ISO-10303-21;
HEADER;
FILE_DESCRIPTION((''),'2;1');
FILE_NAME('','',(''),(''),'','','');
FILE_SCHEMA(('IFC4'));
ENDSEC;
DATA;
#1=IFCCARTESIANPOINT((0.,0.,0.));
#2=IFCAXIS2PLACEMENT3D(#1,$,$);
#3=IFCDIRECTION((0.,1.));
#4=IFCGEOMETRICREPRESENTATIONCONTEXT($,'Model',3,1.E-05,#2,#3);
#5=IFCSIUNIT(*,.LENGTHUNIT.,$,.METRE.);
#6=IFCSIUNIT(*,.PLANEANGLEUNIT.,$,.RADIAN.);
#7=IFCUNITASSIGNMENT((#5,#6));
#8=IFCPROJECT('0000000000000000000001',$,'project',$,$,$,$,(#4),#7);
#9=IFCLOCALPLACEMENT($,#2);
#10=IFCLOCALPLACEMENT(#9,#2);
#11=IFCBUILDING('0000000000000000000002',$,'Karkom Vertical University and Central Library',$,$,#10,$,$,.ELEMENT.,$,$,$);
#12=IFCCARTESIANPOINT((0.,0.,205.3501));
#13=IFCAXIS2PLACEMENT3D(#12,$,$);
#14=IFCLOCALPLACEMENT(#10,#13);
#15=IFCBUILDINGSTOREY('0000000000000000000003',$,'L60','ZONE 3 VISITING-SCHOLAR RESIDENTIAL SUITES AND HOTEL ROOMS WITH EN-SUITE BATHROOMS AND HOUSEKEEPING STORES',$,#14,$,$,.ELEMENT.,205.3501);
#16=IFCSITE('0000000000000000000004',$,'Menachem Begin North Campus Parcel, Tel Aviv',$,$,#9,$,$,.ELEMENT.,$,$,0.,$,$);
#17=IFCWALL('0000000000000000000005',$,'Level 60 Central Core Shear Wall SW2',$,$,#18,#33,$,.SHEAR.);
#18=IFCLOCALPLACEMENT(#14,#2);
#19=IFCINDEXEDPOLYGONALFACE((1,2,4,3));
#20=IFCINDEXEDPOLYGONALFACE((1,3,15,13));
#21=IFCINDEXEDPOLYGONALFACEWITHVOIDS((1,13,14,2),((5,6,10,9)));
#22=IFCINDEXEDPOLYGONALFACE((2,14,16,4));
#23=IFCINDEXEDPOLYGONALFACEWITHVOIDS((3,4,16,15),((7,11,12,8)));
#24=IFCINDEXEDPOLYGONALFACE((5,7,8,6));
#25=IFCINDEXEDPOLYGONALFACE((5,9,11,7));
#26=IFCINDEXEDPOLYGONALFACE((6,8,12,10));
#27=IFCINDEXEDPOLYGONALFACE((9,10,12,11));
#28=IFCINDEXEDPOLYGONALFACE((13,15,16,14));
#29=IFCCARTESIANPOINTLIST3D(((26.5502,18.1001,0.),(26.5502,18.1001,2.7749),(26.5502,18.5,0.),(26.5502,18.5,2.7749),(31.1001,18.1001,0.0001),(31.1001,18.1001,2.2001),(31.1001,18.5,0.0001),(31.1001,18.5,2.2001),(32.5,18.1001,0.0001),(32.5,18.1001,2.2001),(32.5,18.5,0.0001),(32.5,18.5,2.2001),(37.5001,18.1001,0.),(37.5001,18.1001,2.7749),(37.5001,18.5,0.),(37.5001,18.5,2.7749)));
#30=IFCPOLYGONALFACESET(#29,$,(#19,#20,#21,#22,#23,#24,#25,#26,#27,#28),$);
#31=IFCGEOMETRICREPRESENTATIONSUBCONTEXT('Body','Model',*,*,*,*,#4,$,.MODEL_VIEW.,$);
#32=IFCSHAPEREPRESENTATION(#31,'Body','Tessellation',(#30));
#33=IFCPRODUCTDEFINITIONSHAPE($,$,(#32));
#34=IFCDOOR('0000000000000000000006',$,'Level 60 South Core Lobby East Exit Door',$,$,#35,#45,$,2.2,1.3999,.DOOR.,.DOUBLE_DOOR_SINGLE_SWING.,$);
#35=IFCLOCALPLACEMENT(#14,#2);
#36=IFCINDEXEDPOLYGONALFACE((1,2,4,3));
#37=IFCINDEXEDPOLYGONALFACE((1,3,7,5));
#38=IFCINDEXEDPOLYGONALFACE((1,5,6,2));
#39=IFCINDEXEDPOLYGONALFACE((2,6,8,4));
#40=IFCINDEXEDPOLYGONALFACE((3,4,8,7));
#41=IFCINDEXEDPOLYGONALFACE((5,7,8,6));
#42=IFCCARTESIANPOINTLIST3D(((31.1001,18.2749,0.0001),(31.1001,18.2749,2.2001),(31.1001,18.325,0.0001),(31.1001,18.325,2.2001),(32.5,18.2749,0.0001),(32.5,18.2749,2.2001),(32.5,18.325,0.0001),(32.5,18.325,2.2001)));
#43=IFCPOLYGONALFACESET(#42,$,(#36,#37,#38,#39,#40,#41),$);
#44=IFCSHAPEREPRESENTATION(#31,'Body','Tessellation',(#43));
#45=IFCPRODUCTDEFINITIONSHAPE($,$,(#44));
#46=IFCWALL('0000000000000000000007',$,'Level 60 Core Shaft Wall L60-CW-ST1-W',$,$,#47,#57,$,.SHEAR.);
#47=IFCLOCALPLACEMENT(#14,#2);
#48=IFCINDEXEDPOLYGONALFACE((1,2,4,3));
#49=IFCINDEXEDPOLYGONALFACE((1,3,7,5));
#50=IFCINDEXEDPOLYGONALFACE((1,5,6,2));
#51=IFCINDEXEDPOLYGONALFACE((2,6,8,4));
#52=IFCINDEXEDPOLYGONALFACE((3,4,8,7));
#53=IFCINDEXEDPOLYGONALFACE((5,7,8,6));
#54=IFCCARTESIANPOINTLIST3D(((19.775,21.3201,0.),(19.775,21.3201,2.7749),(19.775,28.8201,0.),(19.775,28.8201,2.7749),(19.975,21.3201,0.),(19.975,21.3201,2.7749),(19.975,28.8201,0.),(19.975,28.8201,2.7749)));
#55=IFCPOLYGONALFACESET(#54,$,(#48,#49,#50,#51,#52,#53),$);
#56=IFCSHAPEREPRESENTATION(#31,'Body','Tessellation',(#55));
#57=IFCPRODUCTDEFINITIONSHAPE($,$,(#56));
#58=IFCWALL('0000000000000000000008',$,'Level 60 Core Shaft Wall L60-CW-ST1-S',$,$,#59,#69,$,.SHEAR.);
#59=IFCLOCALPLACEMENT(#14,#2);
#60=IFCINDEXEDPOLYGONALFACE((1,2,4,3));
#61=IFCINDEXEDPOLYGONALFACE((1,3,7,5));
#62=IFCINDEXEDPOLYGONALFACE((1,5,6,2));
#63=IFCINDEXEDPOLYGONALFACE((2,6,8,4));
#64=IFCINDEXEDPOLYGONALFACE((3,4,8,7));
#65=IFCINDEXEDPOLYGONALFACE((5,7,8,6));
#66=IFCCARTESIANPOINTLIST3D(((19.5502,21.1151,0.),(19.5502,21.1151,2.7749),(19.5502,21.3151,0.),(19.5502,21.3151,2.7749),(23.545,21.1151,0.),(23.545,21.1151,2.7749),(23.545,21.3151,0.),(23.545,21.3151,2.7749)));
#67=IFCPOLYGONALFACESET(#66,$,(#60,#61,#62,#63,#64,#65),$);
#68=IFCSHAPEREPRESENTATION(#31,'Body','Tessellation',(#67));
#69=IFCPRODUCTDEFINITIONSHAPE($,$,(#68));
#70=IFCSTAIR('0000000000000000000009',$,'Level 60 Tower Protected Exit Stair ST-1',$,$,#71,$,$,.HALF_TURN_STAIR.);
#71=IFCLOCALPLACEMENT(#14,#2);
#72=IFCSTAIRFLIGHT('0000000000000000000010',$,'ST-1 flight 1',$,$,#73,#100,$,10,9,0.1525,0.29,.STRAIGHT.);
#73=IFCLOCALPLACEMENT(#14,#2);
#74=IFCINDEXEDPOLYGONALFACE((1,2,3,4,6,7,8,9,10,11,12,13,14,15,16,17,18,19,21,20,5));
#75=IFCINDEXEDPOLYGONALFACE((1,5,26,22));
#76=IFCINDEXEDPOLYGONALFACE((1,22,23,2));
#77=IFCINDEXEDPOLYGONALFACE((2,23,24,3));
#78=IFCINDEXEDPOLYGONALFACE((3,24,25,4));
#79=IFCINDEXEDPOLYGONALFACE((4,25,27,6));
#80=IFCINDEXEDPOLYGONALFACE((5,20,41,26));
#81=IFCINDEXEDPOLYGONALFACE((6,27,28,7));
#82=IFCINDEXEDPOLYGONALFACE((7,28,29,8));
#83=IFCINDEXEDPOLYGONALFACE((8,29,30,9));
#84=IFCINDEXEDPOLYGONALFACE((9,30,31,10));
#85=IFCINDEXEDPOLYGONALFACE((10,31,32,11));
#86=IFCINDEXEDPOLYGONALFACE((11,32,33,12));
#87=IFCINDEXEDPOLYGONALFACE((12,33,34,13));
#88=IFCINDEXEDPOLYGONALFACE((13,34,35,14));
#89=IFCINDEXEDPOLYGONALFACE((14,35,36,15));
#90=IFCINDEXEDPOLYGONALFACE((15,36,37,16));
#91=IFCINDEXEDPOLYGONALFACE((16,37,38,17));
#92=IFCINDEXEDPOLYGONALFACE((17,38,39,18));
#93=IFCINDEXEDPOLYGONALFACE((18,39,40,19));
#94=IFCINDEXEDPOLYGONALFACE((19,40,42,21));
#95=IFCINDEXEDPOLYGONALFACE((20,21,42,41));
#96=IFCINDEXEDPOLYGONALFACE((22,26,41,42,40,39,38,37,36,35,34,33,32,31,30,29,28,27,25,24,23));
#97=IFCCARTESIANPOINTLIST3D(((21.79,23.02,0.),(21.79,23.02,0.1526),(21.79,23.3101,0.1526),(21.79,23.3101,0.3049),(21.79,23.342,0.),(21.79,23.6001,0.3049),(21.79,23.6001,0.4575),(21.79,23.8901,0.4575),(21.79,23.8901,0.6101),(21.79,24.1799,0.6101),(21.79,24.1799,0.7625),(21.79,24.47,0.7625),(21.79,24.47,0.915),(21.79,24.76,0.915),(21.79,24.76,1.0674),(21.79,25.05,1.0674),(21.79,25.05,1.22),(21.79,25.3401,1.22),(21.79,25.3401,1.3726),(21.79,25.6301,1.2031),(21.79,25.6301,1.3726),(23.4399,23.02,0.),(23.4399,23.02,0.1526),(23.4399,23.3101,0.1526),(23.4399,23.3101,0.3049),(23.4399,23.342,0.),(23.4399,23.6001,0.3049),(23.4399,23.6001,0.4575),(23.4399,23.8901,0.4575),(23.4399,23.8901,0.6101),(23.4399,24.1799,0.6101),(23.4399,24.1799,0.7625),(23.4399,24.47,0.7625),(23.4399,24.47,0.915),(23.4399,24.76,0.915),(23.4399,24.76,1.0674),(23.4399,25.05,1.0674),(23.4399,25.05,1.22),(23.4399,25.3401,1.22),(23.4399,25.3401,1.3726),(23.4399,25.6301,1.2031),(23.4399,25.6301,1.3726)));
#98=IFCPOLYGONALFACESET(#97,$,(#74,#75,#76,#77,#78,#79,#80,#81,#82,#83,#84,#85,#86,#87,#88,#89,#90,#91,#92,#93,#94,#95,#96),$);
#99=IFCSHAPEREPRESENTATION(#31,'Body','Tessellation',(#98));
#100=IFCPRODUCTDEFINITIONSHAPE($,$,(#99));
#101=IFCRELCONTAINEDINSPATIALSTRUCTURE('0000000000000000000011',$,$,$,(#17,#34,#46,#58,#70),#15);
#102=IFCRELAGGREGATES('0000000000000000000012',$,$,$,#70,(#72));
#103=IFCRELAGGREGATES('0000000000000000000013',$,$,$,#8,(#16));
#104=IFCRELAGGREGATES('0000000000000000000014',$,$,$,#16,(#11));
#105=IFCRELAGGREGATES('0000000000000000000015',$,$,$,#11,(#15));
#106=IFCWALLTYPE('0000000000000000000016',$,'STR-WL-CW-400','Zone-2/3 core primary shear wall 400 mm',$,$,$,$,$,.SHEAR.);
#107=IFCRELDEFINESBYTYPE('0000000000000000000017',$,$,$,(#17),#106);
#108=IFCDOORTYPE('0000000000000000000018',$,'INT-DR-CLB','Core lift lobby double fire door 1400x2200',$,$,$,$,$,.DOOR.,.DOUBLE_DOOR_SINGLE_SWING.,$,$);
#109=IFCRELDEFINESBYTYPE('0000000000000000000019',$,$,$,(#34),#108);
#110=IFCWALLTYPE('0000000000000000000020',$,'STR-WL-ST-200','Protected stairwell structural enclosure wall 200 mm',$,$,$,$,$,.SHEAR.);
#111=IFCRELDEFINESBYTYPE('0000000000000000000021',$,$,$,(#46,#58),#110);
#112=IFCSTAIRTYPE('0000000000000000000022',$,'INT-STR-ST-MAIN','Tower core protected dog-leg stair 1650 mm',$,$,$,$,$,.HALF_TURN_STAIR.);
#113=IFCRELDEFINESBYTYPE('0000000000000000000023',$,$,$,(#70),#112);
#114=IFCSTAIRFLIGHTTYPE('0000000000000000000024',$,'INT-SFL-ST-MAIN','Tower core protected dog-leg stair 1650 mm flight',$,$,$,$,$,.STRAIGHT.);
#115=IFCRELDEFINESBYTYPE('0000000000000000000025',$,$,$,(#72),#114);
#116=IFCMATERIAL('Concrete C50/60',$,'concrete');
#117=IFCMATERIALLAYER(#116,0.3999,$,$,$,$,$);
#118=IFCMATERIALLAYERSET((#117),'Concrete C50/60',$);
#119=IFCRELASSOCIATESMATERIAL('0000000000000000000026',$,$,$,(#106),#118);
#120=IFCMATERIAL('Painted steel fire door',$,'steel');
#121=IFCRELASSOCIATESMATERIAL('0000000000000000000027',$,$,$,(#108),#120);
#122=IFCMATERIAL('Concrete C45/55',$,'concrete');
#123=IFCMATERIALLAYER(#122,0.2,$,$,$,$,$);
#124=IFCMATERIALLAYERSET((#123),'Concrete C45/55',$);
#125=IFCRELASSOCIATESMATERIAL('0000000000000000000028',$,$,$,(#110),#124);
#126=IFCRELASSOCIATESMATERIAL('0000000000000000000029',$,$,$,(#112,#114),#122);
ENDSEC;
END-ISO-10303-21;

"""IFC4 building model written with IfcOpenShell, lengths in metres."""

from ifc_helpers import new_model, si_unit, direction, frame, frame_2d, origin, origin_with_axes, place, context, subcontext, project, spatial, polyline, rectangle, outline, extrude, source, transform, mapped, material, layer, layer_set, type_object, element, fill, aggregate, save


model = new_model("IFC4")

# Units and contexts
model_context = context("Model", 3, precision=1e-05, world=origin(), true_north=direction((0.0, 1.0)))
body_context = subcontext(model_context, "Body", "Model", "MODEL_VIEW")
ifc_project = project(units=[si_unit("LENGTHUNIT", "METRE"), si_unit("PLANEANGLEUNIT", "RADIAN")], contexts=[model_context])

# Site, building, storey
site_placement = place(None, origin())
site = spatial("IfcSite", under=ifc_project, at=site_placement, Name="Menachem Begin North Campus Parcel, Tel Aviv", CompositionType="ELEMENT", RefElevation=0.0)
building_placement = place(site_placement, origin())
building = spatial("IfcBuilding", under=site, at=building_placement, Name="Karkom Vertical University and Central Library", CompositionType="ELEMENT")
storey_placement = place(building_placement, frame((0.0, 0.0, 205.3501)))
storey = spatial("IfcBuildingStorey", under=building, at=storey_placement, Name="L60", Description="ZONE 3 VISITING-SCHOLAR RESIDENTIAL SUITES AND HOTEL ROOMS WITH EN-SUITE BATHROOMS AND HOUSEKEEPING STORES", CompositionType="ELEMENT", Elevation=205.3501)

# Shared definitions
ifc_material_1 = material(Name="Concrete C50/60", Category="concrete")

# Wall, opening, door
ifc_layer_1 = layer(ifc_material_1, 0.3999)
ifc_layer_set_1 = layer_set([ifc_layer_1], Name="Concrete C50/60")
wall_type_1 = type_object("IfcWallType", Name="STR-WL-CW-400", Description="Zone-2/3 core primary shear wall 400 mm", PredefinedType="SHEAR", material=ifc_layer_set_1)
wall_1_placement = place(storey_placement, frame((26.55, 18.3, 0.0), z_axis=(0.0, 0.0, 1.0), x_axis=(1.0, 0.0, 0.0)))
wall_1 = element("IfcWall", 1, at=wall_1_placement, inside=storey, type_object=wall_type_1, Name="Level 60 Central Core Shear Wall SW2", PredefinedType="SHEAR", context=body_context, shape_type="SweptSolid", body=[
    extrude(rectangle(XDim=10.95, YDim=0.3999, at=frame_2d((5.4751, 0.0))), origin(), (0.0, 0.0, 1.0), 2.7749),
])
opening_1_placement = place(wall_1_placement, frame((4.55, 0.0, 0.0)))
opening_1 = element("IfcOpeningElement", 2, at=opening_1_placement, cuts=wall_1, PredefinedType="OPENING", context=body_context, shape_type="SweptSolid", body=[
    extrude(rectangle(XDim=1.3999, YDim=2.2, at=frame_2d((0.7, 1.1001))), frame((0.0, 0.21, 0.0), z_axis=(0.0, -1.0, 0.0), x_axis=(1.0, 0.0, 0.0)), (0.0, 0.0, 1.0), 0.4199),
])
ifc_material_2 = material(Name="Painted steel fire door", Category="steel")
door_type_1 = type_object("IfcDoorType", Name="INT-DR-CLB", Description="Core lift lobby double fire door 1400x2200", OperationType="DOUBLE_DOOR_SINGLE_SWING", PredefinedType="DOOR", material=ifc_material_2)
shared_shape_1 = source(origin_with_axes(), body_context, "Body", "SweptSolid", [
    extrude(rectangle(XDim=1.3999, YDim=2.2, at=frame_2d((0.7, 1.1001))), frame((0.0, 0.0249, 0.0), z_axis=(0.0, -1.0, 0.0), x_axis=(1.0, 0.0, 0.0)), (0.0, 0.0, 1.0), 0.05),
])
door_1_placement = place(opening_1_placement, origin())
door_1 = element("IfcDoor", 3, at=door_1_placement, inside=storey, type_object=door_type_1, Name="Level 60 South Core Lobby East Exit Door", OperationType="DOUBLE_DOOR_SINGLE_SWING", OverallHeight=2.2, OverallWidth=1.3999, PredefinedType="DOOR", context=body_context, shape_type="MappedRepresentation", body=[
    mapped(shared_shape_1, transform((0.0, 0.0, 0.0), scale=1.0)),
])
fill(opening_1, door_1)

# Shared definitions
ifc_material_3 = material(Name="Concrete C45/55", Category="concrete")
ifc_layer_2 = layer(ifc_material_3, 0.2)
ifc_layer_set_2 = layer_set([ifc_layer_2], Name="Concrete C45/55")
wall_type_2 = type_object("IfcWallType", Name="STR-WL-ST-200", Description="Protected stairwell structural enclosure wall 200 mm", PredefinedType="SHEAR", material=ifc_layer_set_2)

# Walls
wall_2_placement = place(storey_placement, frame((19.875, 21.3201, 0.0), z_axis=(0.0, 0.0, 1.0), x_axis=(0.0, 1.0, 0.0)))
element("IfcWall", 4, at=wall_2_placement, inside=storey, type_object=wall_type_2, Name="Level 60 Core Shaft Wall L60-CW-ST1-W", PredefinedType="SHEAR", context=body_context, shape_type="SweptSolid", body=[
    extrude(rectangle(XDim=7.5, YDim=0.2, at=frame_2d((3.75, 0.0))), origin(), (0.0, 0.0, 1.0), 2.7749),
])
wall_3_placement = place(storey_placement, frame((19.55, 21.2151, 0.0), z_axis=(0.0, 0.0, 1.0), x_axis=(1.0, 0.0, 0.0)))
element("IfcWall", 5, at=wall_3_placement, inside=storey, type_object=wall_type_2, Name="Level 60 Core Shaft Wall L60-CW-ST1-S", PredefinedType="SHEAR", context=body_context, shape_type="SweptSolid", body=[
    extrude(rectangle(XDim=3.9949, YDim=0.2, at=frame_2d((1.9976, 0.0))), origin(), (0.0, 0.0, 1.0), 2.7749),
])

# Stair, stair flight
stair_type = type_object("IfcStairType", Name="INT-STR-ST-MAIN", Description="Tower core protected dog-leg stair 1650 mm", PredefinedType="HALF_TURN_STAIR", material=ifc_material_3)
stair_placement = place(storey_placement, origin())
stair = element("IfcStair", 6, at=stair_placement, inside=storey, type_object=stair_type, Name="Level 60 Tower Protected Exit Stair ST-1", PredefinedType="HALF_TURN_STAIR")
stair_flight_type = type_object("IfcStairFlightType", Name="INT-SFL-ST-MAIN", Description="Tower core protected dog-leg stair 1650 mm flight", PredefinedType="STRAIGHT", material=ifc_material_3)
stair_flight_placement = place(storey_placement, frame((22.615, 23.02, 0.0), z_axis=(0.0, 0.0, 1.0), x_axis=(0.0, 1.0, 0.0)))
stair_flight = element("IfcStairFlight", 7, at=stair_flight_placement, type_object=stair_flight_type, Name="ST-1 flight 1", NumberOfRisers=10, NumberOfTreads=9, PredefinedType="STRAIGHT", RiserHeight=0.1525, TreadLength=0.29, context=body_context, shape_type="SweptSolid", body=[
    extrude(outline(polyline([(0.0, 0.0), (0.0, 0.1526), (0.29, 0.1526), (0.29, 0.3049), (0.5801, 0.3049), (0.5801, 0.4575), (0.8701, 0.4575), (0.8701, 0.6101), (1.1599, 0.6101), (1.1599, 0.7625), (1.45, 0.7625), (1.45, 0.915), (1.74, 0.915), (1.74, 1.0674), (2.03, 1.0674), (2.03, 1.22), (2.3201, 1.22), (2.3201, 1.3726), (2.6101, 1.3726), (2.6101, 1.5249), (2.6101, 1.2031), (0.322, 0.0), (0.0, 0.0)])), frame((0.0, 0.825, 0.0), z_axis=(0.0, -1.0, 0.0), x_axis=(1.0, 0.0, 0.0)), (0.0, 0.0, 1.0), 1.6499),
])
aggregate(stair, [stair_flight])

save(model, "model.ifc")
